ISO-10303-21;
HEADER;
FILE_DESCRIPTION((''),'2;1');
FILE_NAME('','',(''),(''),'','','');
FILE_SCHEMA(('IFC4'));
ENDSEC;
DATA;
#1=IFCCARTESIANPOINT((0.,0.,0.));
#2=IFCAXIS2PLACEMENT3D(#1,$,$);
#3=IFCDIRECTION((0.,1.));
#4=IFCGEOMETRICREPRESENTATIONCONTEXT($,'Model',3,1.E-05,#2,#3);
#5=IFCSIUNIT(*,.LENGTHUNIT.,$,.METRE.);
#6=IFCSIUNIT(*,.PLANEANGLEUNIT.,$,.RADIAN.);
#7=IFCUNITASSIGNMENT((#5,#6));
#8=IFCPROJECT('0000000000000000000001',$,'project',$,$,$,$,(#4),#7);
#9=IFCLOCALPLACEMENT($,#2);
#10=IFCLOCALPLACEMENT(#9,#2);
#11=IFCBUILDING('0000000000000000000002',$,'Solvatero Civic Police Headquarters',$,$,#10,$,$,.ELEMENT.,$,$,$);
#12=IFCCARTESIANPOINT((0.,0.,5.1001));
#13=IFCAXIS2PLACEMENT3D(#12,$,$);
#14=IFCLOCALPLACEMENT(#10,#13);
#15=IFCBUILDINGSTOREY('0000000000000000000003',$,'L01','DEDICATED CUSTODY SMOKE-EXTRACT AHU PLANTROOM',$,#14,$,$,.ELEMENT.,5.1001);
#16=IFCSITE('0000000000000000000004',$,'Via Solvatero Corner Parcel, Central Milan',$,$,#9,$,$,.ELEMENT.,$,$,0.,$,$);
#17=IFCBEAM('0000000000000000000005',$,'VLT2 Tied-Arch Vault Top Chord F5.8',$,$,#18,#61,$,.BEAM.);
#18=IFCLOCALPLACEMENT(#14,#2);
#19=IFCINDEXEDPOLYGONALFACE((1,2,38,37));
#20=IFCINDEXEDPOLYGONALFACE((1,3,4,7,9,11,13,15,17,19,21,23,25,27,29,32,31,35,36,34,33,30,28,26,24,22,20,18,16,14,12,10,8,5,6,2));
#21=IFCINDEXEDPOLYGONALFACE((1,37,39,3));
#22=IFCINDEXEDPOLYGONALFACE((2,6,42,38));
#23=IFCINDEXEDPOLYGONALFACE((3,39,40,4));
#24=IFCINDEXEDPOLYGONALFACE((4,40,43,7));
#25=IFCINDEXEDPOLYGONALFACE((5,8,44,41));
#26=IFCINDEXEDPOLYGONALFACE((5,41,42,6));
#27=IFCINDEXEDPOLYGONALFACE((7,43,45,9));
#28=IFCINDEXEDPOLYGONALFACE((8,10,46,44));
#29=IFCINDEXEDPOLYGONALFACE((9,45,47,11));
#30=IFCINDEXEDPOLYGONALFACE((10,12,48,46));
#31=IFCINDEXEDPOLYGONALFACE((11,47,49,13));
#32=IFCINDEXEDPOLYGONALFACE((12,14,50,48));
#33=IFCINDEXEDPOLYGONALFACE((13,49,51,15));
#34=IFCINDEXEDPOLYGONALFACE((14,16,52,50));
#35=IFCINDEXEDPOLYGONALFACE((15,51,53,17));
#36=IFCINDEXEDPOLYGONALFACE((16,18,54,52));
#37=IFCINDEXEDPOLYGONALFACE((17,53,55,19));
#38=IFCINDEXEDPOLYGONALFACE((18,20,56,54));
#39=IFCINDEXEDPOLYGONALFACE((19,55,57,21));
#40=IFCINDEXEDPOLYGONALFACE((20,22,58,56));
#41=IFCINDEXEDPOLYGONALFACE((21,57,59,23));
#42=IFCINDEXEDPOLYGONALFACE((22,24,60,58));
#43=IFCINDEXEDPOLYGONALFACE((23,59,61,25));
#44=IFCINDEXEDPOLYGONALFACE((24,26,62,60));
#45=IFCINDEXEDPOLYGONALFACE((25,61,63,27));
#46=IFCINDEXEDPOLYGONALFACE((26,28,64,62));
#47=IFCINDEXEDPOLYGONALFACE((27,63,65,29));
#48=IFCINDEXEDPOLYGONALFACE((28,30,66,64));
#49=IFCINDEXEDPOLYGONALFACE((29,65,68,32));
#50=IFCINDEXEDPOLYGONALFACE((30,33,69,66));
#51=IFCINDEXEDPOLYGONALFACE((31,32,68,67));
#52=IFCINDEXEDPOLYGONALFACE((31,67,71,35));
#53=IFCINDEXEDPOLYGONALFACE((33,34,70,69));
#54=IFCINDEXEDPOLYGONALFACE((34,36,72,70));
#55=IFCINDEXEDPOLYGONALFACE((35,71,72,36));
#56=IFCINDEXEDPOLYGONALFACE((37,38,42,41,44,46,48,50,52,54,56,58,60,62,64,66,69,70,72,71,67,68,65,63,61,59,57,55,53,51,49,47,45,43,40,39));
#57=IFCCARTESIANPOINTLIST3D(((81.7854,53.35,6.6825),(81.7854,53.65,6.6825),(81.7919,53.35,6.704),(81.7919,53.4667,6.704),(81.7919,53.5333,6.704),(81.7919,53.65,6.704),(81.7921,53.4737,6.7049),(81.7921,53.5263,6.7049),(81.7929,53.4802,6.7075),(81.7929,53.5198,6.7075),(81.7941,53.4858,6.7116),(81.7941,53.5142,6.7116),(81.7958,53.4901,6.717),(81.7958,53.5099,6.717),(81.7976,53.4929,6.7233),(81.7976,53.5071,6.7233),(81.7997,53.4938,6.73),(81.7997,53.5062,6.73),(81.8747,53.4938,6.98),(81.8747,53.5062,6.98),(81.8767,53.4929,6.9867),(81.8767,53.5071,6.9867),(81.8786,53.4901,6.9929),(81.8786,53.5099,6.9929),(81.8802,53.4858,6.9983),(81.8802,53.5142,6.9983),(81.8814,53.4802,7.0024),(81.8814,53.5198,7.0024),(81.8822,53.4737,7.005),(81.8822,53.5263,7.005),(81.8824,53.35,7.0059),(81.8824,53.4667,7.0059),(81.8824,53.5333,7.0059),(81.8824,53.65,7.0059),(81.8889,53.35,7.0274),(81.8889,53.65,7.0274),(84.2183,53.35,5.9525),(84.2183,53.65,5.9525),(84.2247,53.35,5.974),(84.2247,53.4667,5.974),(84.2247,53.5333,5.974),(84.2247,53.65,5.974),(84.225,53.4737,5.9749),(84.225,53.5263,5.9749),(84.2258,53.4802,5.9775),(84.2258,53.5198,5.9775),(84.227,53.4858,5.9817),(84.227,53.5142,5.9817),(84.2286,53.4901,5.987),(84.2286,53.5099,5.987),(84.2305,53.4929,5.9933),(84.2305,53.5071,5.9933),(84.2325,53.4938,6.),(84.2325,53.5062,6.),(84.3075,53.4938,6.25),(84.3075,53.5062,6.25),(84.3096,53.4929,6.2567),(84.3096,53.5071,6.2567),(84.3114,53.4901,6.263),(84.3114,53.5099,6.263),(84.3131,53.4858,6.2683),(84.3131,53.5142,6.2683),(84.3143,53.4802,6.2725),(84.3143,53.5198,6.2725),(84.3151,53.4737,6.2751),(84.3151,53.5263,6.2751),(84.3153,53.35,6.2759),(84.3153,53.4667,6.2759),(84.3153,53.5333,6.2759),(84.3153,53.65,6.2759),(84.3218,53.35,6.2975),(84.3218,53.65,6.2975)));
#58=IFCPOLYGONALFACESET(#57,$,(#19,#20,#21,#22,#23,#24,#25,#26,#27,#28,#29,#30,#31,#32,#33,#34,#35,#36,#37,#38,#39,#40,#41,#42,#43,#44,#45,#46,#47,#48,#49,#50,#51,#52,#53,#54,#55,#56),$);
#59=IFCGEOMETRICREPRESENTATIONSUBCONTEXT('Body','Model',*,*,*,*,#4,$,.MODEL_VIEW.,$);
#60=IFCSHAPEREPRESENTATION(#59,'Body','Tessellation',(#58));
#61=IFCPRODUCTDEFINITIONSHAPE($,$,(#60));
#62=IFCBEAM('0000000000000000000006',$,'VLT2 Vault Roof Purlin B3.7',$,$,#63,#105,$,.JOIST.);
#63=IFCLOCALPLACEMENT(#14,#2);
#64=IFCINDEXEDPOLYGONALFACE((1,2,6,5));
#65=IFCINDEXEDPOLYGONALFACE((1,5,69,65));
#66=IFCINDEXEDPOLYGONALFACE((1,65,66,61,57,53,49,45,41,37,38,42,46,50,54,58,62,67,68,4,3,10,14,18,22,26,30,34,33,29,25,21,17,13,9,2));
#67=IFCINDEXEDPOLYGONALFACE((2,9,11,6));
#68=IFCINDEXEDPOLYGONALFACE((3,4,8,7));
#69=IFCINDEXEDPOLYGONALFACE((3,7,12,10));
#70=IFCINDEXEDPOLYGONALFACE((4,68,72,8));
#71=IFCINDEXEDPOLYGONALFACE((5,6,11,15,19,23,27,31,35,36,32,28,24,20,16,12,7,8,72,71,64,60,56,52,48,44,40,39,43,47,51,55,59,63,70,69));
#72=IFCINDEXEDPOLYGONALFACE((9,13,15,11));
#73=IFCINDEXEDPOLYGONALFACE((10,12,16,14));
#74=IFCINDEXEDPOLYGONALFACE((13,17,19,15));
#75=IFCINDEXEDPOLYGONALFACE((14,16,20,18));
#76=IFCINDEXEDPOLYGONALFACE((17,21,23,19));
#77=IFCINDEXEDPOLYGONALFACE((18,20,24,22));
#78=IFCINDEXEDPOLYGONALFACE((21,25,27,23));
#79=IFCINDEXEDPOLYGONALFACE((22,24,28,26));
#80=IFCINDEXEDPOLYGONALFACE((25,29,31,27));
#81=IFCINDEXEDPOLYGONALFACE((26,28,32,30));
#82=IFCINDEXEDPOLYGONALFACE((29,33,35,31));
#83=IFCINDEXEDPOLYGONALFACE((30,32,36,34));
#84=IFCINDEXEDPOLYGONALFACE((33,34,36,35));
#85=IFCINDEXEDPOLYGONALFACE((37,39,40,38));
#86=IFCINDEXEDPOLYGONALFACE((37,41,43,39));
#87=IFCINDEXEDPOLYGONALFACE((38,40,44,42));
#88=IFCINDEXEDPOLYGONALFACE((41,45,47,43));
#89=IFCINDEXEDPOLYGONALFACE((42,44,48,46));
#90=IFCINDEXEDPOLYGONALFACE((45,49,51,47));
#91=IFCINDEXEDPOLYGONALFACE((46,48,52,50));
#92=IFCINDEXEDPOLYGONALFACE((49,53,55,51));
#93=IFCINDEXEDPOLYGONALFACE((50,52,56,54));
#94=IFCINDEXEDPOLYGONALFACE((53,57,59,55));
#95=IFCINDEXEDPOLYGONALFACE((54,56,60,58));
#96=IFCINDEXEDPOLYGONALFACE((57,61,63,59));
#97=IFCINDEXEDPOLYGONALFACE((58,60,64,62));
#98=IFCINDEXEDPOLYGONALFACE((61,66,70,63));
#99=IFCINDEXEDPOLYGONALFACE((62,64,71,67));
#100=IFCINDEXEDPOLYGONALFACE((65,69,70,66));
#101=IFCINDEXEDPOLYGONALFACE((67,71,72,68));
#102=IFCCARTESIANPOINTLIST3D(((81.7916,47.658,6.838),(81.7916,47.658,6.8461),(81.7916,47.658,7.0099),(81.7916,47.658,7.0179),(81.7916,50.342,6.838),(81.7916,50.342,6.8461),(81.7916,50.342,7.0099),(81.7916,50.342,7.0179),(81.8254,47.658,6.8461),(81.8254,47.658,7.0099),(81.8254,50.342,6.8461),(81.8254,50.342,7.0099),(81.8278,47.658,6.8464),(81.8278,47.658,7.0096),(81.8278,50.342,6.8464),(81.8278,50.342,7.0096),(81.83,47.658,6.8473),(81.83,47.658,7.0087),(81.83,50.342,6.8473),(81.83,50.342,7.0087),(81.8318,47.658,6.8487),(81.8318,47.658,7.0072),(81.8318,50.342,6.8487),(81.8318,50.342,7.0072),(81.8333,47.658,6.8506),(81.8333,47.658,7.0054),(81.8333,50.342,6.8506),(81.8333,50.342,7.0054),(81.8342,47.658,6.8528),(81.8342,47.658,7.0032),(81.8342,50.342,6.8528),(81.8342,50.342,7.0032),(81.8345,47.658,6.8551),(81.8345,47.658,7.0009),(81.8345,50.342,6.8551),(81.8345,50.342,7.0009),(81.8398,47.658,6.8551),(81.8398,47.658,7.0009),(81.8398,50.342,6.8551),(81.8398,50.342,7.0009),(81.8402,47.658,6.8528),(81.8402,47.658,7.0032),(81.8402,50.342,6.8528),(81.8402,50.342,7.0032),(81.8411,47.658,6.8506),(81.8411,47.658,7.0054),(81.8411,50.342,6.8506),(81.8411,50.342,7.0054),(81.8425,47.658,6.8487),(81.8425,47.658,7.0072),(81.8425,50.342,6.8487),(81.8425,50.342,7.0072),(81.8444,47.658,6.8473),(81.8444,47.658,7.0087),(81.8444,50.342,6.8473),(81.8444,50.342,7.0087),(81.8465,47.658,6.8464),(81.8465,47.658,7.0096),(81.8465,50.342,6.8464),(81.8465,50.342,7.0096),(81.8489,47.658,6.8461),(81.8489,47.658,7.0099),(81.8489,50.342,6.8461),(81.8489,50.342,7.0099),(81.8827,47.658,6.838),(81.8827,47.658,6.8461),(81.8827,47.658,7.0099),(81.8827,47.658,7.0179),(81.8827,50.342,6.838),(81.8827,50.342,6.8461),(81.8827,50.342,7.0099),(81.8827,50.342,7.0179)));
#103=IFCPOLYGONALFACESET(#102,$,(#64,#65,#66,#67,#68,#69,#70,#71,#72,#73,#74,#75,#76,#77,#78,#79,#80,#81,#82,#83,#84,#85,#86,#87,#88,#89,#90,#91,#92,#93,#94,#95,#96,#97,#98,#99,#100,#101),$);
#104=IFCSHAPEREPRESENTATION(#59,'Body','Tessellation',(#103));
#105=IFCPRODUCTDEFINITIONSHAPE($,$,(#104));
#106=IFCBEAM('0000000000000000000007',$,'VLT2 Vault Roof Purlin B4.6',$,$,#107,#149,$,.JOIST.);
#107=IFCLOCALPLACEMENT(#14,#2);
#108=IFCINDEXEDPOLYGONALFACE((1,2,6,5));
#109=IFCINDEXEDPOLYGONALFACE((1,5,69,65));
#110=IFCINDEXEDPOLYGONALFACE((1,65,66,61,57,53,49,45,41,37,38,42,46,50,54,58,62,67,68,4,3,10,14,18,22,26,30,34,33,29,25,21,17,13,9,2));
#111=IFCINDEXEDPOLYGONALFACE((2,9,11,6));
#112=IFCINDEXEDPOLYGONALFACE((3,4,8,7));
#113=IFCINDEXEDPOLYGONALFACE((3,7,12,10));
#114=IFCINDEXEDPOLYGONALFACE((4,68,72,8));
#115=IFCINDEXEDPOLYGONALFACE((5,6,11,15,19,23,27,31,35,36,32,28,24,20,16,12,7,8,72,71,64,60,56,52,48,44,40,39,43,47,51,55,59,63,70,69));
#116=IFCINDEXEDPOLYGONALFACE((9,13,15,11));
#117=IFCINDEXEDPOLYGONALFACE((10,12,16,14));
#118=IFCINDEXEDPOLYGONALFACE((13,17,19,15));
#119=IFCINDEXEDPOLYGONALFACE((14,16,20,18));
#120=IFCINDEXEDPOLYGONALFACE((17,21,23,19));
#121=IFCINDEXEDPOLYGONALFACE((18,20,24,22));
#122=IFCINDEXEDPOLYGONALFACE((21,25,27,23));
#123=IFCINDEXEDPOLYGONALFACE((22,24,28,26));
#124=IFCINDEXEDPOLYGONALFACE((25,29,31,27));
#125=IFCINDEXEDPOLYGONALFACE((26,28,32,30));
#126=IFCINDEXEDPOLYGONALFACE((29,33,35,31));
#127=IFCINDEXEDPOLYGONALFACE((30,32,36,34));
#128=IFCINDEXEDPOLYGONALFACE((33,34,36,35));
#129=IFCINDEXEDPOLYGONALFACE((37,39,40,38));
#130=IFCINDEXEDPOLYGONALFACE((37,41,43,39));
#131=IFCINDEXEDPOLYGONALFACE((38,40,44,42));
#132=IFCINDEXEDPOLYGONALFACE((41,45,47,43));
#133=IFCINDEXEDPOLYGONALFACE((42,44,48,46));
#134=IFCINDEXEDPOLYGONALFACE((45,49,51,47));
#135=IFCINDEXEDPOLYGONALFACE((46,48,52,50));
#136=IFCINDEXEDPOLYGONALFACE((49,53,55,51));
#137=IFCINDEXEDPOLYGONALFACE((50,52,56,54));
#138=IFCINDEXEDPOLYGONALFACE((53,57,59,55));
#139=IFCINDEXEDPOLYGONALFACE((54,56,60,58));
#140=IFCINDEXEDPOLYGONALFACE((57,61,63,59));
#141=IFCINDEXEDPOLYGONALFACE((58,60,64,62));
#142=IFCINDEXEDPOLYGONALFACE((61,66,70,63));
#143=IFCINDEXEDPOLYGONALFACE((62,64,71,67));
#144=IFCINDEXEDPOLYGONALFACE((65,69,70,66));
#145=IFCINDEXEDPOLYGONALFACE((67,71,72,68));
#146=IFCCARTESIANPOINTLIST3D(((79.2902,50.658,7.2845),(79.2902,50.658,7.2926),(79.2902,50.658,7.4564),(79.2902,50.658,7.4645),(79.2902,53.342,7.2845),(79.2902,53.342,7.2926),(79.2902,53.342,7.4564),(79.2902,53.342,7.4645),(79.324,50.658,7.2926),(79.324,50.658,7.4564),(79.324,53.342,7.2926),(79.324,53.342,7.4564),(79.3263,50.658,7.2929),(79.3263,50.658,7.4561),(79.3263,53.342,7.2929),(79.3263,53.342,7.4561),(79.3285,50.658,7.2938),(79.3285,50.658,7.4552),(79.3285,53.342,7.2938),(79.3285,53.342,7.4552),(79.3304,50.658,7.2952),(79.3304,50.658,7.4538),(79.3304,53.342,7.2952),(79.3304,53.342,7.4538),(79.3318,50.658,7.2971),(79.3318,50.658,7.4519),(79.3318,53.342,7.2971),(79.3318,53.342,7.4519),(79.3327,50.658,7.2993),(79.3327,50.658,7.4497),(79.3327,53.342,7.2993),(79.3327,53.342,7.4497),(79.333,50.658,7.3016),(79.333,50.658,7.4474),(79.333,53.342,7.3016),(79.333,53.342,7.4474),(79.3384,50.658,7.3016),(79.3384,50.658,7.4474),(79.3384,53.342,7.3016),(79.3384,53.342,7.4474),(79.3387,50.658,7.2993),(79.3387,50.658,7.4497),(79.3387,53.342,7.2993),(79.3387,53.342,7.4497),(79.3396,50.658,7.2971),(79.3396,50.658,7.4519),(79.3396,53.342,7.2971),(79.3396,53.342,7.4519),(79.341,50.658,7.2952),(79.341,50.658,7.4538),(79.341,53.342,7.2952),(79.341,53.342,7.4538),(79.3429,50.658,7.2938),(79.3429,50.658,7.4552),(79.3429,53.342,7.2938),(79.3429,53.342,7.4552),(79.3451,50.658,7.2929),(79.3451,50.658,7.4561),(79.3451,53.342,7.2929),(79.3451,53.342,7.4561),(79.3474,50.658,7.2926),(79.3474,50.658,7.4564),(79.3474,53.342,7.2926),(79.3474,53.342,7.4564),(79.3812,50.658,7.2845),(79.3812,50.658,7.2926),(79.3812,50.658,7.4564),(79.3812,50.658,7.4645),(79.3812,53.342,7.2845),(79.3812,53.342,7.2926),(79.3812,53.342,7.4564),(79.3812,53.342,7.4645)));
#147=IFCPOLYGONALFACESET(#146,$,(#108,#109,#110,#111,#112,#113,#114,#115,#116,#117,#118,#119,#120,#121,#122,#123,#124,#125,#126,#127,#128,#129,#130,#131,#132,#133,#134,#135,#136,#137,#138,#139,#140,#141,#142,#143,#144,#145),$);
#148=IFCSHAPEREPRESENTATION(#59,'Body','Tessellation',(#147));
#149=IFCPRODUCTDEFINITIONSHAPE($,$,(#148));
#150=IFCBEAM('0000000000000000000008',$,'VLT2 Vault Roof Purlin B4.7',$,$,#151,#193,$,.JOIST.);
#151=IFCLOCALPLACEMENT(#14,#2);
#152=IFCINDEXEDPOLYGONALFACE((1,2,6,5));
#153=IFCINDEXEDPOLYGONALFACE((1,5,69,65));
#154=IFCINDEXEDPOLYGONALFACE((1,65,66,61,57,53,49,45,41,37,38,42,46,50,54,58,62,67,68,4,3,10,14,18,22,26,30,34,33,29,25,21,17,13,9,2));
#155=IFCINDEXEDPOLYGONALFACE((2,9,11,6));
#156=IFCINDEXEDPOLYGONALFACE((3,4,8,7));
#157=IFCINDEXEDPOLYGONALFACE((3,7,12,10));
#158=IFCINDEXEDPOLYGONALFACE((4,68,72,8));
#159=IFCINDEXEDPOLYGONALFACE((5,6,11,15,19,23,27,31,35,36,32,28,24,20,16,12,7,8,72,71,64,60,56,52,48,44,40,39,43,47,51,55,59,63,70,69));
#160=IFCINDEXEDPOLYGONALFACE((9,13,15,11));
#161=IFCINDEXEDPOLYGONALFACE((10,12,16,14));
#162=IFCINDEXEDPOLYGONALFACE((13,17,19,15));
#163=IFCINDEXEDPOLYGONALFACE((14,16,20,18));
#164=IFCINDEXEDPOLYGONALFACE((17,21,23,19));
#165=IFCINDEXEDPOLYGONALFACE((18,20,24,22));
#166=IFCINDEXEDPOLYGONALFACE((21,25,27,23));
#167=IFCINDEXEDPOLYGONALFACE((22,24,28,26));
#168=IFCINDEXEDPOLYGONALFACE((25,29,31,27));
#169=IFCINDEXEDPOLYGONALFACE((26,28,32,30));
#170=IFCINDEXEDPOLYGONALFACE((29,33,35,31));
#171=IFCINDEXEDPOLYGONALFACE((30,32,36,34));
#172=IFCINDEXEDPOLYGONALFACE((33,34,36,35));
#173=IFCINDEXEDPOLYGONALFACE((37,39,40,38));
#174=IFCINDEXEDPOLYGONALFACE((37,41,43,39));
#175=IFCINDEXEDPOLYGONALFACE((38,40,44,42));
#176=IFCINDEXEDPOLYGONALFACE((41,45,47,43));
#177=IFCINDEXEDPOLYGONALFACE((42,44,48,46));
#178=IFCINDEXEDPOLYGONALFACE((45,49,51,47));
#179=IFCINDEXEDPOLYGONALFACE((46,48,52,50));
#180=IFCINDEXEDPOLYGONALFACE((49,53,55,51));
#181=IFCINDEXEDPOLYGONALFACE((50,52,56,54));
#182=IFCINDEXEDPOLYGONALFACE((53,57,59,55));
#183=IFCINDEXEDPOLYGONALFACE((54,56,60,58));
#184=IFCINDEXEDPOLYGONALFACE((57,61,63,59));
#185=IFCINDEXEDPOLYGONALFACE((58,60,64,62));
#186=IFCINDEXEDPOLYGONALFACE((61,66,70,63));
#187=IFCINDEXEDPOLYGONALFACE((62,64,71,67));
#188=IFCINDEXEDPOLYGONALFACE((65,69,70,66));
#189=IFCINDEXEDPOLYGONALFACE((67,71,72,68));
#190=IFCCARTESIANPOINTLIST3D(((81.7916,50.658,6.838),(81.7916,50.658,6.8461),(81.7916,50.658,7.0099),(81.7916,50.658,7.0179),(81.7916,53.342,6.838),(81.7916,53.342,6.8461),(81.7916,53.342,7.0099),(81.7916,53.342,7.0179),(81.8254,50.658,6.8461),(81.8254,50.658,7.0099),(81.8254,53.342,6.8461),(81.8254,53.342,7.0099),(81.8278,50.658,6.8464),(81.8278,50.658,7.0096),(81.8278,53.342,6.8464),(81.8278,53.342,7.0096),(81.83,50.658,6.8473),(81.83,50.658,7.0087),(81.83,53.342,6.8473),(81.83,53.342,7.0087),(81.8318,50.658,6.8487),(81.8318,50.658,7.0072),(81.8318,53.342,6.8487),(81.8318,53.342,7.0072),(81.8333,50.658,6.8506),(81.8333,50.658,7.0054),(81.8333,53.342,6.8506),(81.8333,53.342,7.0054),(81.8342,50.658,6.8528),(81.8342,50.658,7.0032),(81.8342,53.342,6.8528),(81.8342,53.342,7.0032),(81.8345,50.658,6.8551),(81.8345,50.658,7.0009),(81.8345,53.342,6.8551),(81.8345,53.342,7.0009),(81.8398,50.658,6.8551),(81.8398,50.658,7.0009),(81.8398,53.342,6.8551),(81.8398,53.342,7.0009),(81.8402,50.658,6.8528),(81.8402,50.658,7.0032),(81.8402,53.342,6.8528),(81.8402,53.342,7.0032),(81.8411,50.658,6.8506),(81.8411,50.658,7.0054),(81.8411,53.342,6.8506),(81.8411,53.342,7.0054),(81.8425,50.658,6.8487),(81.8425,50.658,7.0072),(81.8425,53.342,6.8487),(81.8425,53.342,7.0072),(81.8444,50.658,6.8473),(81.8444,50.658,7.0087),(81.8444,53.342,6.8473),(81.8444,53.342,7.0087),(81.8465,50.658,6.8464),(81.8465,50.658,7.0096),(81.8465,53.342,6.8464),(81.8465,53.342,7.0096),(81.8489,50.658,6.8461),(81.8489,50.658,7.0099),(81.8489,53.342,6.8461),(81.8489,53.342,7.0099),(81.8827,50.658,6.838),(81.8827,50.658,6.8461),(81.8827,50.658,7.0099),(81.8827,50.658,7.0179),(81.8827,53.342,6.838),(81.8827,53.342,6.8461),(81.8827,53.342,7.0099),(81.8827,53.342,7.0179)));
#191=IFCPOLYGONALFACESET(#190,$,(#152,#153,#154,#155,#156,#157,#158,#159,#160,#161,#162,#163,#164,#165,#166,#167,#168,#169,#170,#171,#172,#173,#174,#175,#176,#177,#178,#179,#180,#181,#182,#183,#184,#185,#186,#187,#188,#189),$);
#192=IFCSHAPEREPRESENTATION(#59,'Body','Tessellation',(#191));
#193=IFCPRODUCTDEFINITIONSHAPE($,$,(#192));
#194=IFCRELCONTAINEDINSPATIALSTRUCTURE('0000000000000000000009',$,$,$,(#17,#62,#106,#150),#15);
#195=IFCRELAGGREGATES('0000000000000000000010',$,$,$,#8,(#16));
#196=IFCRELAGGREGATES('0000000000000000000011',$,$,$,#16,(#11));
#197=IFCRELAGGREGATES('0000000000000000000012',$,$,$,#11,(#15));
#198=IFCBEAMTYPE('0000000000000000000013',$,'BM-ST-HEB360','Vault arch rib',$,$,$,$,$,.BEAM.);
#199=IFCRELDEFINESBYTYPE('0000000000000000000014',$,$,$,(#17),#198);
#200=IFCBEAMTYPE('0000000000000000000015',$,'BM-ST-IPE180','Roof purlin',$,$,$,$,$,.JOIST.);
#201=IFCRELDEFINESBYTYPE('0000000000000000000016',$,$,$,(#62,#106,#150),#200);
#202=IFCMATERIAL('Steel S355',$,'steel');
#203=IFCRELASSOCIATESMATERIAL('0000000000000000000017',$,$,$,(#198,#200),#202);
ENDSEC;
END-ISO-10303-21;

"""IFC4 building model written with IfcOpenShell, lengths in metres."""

from ifc_helpers import new_model, si_unit, direction, frame, origin, origin_2d, place, context, subcontext, project, spatial, i_section, extrude, material, material_profile, profile_set, type_object, element, save


model = new_model("IFC4")

# Units and contexts
model_context = context("Model", 3, precision=1e-05, world=origin(), true_north=direction((0.0, 1.0)))
body_context = subcontext(model_context, "Body", "Model", "MODEL_VIEW")
ifc_project = project(units=[si_unit("LENGTHUNIT", "METRE"), si_unit("PLANEANGLEUNIT", "RADIAN")], contexts=[model_context])

# Site, building, storey
site_placement = place(None, origin())
site = spatial("IfcSite", under=ifc_project, at=site_placement, Name="Via Solvatero Corner Parcel, Central Milan", CompositionType="ELEMENT", RefElevation=0.0)
building_placement = place(site_placement, origin())
building = spatial("IfcBuilding", under=site, at=building_placement, Name="Solvatero Civic Police Headquarters", CompositionType="ELEMENT")
storey_placement = place(building_placement, frame((0.0, 0.0, 5.1001)))
storey = spatial("IfcBuildingStorey", under=building, at=storey_placement, Name="L01", Description="DEDICATED CUSTODY SMOKE-EXTRACT AHU PLANTROOM", CompositionType="ELEMENT", Elevation=5.1001)

# Beams
ifc_material = material(Name="Steel S355", Category="steel")
ifc_material_profile_1 = material_profile(ifc_material, i_section(OverallWidth=0.3, OverallDepth=0.3601, WebThickness=0.0125, FlangeThickness=0.0225, FilletRadius=0.0271, at=origin_2d()), Name="HEB 360")
ifc_profile_set_1 = profile_set([ifc_material_profile_1], Name="Steel S355")
beam_type_1 = type_object("IfcBeamType", Name="BM-ST-HEB360", Description="Vault arch rib", PredefinedType="BEAM", material=ifc_profile_set_1)
beam_1_placement = place(storey_placement, frame((81.8372, 53.5, 6.855), z_axis=(0.957813, 0.0, -0.287392), x_axis=(0.0, 1.0, 0.0)))
element("IfcBeam", 1, at=beam_1_placement, inside=storey, type_object=beam_type_1, Name="VLT2 Tied-Arch Vault Top Chord F5.8", PredefinedType="BEAM", context=body_context, shape_type="SweptSolid", body=[
    extrude(i_section(OverallWidth=0.3, OverallDepth=0.3601, WebThickness=0.0125, FlangeThickness=0.0225, FilletRadius=0.0271, at=origin_2d()), origin(), (0.0, 0.0, 1.0), 2.54),
])
ifc_material_profile_2 = material_profile(ifc_material, i_section(OverallWidth=0.0911, OverallDepth=0.1799, WebThickness=0.0054, FlangeThickness=0.0081, FilletRadius=0.009, at=origin_2d()), Name="IPE 180")
ifc_profile_set_2 = profile_set([ifc_material_profile_2], Name="Steel S355")
beam_type_2 = type_object("IfcBeamType", Name="BM-ST-IPE180", Description="Roof purlin", PredefinedType="JOIST", material=ifc_profile_set_2)
for number, where, z_axis, x_axis, name in (
    (2, (81.8372, 47.658, 6.928), (0.0, 1.0, 0.0), (-1.0, 0.0, 0.0), "VLT2 Vault Roof Purlin B3.7"),
    (3, (79.3357, 50.658, 7.3745), (0.0, 1.0, 0.0), (-1.0, 0.0, 0.0), "VLT2 Vault Roof Purlin B4.6"),
    (4, (81.8372, 50.658, 6.928), (0.0, 1.0, 0.0), (-1.0, 0.0, 0.0), "VLT2 Vault Roof Purlin B4.7"),
):
    element("IfcBeam", number, at=place(storey_placement, frame(where, z_axis=z_axis, x_axis=x_axis)), inside=storey, type_object=beam_type_2, Name=name, PredefinedType="JOIST", context=body_context, shape_type="SweptSolid", body=[
        extrude(i_section(OverallWidth=0.0911, OverallDepth=0.1799, WebThickness=0.0054, FlangeThickness=0.0081, FilletRadius=0.009, at=origin_2d()), origin(), (0.0, 0.0, 1.0), 2.6841),
    ])

save(model, "model.ifc")
